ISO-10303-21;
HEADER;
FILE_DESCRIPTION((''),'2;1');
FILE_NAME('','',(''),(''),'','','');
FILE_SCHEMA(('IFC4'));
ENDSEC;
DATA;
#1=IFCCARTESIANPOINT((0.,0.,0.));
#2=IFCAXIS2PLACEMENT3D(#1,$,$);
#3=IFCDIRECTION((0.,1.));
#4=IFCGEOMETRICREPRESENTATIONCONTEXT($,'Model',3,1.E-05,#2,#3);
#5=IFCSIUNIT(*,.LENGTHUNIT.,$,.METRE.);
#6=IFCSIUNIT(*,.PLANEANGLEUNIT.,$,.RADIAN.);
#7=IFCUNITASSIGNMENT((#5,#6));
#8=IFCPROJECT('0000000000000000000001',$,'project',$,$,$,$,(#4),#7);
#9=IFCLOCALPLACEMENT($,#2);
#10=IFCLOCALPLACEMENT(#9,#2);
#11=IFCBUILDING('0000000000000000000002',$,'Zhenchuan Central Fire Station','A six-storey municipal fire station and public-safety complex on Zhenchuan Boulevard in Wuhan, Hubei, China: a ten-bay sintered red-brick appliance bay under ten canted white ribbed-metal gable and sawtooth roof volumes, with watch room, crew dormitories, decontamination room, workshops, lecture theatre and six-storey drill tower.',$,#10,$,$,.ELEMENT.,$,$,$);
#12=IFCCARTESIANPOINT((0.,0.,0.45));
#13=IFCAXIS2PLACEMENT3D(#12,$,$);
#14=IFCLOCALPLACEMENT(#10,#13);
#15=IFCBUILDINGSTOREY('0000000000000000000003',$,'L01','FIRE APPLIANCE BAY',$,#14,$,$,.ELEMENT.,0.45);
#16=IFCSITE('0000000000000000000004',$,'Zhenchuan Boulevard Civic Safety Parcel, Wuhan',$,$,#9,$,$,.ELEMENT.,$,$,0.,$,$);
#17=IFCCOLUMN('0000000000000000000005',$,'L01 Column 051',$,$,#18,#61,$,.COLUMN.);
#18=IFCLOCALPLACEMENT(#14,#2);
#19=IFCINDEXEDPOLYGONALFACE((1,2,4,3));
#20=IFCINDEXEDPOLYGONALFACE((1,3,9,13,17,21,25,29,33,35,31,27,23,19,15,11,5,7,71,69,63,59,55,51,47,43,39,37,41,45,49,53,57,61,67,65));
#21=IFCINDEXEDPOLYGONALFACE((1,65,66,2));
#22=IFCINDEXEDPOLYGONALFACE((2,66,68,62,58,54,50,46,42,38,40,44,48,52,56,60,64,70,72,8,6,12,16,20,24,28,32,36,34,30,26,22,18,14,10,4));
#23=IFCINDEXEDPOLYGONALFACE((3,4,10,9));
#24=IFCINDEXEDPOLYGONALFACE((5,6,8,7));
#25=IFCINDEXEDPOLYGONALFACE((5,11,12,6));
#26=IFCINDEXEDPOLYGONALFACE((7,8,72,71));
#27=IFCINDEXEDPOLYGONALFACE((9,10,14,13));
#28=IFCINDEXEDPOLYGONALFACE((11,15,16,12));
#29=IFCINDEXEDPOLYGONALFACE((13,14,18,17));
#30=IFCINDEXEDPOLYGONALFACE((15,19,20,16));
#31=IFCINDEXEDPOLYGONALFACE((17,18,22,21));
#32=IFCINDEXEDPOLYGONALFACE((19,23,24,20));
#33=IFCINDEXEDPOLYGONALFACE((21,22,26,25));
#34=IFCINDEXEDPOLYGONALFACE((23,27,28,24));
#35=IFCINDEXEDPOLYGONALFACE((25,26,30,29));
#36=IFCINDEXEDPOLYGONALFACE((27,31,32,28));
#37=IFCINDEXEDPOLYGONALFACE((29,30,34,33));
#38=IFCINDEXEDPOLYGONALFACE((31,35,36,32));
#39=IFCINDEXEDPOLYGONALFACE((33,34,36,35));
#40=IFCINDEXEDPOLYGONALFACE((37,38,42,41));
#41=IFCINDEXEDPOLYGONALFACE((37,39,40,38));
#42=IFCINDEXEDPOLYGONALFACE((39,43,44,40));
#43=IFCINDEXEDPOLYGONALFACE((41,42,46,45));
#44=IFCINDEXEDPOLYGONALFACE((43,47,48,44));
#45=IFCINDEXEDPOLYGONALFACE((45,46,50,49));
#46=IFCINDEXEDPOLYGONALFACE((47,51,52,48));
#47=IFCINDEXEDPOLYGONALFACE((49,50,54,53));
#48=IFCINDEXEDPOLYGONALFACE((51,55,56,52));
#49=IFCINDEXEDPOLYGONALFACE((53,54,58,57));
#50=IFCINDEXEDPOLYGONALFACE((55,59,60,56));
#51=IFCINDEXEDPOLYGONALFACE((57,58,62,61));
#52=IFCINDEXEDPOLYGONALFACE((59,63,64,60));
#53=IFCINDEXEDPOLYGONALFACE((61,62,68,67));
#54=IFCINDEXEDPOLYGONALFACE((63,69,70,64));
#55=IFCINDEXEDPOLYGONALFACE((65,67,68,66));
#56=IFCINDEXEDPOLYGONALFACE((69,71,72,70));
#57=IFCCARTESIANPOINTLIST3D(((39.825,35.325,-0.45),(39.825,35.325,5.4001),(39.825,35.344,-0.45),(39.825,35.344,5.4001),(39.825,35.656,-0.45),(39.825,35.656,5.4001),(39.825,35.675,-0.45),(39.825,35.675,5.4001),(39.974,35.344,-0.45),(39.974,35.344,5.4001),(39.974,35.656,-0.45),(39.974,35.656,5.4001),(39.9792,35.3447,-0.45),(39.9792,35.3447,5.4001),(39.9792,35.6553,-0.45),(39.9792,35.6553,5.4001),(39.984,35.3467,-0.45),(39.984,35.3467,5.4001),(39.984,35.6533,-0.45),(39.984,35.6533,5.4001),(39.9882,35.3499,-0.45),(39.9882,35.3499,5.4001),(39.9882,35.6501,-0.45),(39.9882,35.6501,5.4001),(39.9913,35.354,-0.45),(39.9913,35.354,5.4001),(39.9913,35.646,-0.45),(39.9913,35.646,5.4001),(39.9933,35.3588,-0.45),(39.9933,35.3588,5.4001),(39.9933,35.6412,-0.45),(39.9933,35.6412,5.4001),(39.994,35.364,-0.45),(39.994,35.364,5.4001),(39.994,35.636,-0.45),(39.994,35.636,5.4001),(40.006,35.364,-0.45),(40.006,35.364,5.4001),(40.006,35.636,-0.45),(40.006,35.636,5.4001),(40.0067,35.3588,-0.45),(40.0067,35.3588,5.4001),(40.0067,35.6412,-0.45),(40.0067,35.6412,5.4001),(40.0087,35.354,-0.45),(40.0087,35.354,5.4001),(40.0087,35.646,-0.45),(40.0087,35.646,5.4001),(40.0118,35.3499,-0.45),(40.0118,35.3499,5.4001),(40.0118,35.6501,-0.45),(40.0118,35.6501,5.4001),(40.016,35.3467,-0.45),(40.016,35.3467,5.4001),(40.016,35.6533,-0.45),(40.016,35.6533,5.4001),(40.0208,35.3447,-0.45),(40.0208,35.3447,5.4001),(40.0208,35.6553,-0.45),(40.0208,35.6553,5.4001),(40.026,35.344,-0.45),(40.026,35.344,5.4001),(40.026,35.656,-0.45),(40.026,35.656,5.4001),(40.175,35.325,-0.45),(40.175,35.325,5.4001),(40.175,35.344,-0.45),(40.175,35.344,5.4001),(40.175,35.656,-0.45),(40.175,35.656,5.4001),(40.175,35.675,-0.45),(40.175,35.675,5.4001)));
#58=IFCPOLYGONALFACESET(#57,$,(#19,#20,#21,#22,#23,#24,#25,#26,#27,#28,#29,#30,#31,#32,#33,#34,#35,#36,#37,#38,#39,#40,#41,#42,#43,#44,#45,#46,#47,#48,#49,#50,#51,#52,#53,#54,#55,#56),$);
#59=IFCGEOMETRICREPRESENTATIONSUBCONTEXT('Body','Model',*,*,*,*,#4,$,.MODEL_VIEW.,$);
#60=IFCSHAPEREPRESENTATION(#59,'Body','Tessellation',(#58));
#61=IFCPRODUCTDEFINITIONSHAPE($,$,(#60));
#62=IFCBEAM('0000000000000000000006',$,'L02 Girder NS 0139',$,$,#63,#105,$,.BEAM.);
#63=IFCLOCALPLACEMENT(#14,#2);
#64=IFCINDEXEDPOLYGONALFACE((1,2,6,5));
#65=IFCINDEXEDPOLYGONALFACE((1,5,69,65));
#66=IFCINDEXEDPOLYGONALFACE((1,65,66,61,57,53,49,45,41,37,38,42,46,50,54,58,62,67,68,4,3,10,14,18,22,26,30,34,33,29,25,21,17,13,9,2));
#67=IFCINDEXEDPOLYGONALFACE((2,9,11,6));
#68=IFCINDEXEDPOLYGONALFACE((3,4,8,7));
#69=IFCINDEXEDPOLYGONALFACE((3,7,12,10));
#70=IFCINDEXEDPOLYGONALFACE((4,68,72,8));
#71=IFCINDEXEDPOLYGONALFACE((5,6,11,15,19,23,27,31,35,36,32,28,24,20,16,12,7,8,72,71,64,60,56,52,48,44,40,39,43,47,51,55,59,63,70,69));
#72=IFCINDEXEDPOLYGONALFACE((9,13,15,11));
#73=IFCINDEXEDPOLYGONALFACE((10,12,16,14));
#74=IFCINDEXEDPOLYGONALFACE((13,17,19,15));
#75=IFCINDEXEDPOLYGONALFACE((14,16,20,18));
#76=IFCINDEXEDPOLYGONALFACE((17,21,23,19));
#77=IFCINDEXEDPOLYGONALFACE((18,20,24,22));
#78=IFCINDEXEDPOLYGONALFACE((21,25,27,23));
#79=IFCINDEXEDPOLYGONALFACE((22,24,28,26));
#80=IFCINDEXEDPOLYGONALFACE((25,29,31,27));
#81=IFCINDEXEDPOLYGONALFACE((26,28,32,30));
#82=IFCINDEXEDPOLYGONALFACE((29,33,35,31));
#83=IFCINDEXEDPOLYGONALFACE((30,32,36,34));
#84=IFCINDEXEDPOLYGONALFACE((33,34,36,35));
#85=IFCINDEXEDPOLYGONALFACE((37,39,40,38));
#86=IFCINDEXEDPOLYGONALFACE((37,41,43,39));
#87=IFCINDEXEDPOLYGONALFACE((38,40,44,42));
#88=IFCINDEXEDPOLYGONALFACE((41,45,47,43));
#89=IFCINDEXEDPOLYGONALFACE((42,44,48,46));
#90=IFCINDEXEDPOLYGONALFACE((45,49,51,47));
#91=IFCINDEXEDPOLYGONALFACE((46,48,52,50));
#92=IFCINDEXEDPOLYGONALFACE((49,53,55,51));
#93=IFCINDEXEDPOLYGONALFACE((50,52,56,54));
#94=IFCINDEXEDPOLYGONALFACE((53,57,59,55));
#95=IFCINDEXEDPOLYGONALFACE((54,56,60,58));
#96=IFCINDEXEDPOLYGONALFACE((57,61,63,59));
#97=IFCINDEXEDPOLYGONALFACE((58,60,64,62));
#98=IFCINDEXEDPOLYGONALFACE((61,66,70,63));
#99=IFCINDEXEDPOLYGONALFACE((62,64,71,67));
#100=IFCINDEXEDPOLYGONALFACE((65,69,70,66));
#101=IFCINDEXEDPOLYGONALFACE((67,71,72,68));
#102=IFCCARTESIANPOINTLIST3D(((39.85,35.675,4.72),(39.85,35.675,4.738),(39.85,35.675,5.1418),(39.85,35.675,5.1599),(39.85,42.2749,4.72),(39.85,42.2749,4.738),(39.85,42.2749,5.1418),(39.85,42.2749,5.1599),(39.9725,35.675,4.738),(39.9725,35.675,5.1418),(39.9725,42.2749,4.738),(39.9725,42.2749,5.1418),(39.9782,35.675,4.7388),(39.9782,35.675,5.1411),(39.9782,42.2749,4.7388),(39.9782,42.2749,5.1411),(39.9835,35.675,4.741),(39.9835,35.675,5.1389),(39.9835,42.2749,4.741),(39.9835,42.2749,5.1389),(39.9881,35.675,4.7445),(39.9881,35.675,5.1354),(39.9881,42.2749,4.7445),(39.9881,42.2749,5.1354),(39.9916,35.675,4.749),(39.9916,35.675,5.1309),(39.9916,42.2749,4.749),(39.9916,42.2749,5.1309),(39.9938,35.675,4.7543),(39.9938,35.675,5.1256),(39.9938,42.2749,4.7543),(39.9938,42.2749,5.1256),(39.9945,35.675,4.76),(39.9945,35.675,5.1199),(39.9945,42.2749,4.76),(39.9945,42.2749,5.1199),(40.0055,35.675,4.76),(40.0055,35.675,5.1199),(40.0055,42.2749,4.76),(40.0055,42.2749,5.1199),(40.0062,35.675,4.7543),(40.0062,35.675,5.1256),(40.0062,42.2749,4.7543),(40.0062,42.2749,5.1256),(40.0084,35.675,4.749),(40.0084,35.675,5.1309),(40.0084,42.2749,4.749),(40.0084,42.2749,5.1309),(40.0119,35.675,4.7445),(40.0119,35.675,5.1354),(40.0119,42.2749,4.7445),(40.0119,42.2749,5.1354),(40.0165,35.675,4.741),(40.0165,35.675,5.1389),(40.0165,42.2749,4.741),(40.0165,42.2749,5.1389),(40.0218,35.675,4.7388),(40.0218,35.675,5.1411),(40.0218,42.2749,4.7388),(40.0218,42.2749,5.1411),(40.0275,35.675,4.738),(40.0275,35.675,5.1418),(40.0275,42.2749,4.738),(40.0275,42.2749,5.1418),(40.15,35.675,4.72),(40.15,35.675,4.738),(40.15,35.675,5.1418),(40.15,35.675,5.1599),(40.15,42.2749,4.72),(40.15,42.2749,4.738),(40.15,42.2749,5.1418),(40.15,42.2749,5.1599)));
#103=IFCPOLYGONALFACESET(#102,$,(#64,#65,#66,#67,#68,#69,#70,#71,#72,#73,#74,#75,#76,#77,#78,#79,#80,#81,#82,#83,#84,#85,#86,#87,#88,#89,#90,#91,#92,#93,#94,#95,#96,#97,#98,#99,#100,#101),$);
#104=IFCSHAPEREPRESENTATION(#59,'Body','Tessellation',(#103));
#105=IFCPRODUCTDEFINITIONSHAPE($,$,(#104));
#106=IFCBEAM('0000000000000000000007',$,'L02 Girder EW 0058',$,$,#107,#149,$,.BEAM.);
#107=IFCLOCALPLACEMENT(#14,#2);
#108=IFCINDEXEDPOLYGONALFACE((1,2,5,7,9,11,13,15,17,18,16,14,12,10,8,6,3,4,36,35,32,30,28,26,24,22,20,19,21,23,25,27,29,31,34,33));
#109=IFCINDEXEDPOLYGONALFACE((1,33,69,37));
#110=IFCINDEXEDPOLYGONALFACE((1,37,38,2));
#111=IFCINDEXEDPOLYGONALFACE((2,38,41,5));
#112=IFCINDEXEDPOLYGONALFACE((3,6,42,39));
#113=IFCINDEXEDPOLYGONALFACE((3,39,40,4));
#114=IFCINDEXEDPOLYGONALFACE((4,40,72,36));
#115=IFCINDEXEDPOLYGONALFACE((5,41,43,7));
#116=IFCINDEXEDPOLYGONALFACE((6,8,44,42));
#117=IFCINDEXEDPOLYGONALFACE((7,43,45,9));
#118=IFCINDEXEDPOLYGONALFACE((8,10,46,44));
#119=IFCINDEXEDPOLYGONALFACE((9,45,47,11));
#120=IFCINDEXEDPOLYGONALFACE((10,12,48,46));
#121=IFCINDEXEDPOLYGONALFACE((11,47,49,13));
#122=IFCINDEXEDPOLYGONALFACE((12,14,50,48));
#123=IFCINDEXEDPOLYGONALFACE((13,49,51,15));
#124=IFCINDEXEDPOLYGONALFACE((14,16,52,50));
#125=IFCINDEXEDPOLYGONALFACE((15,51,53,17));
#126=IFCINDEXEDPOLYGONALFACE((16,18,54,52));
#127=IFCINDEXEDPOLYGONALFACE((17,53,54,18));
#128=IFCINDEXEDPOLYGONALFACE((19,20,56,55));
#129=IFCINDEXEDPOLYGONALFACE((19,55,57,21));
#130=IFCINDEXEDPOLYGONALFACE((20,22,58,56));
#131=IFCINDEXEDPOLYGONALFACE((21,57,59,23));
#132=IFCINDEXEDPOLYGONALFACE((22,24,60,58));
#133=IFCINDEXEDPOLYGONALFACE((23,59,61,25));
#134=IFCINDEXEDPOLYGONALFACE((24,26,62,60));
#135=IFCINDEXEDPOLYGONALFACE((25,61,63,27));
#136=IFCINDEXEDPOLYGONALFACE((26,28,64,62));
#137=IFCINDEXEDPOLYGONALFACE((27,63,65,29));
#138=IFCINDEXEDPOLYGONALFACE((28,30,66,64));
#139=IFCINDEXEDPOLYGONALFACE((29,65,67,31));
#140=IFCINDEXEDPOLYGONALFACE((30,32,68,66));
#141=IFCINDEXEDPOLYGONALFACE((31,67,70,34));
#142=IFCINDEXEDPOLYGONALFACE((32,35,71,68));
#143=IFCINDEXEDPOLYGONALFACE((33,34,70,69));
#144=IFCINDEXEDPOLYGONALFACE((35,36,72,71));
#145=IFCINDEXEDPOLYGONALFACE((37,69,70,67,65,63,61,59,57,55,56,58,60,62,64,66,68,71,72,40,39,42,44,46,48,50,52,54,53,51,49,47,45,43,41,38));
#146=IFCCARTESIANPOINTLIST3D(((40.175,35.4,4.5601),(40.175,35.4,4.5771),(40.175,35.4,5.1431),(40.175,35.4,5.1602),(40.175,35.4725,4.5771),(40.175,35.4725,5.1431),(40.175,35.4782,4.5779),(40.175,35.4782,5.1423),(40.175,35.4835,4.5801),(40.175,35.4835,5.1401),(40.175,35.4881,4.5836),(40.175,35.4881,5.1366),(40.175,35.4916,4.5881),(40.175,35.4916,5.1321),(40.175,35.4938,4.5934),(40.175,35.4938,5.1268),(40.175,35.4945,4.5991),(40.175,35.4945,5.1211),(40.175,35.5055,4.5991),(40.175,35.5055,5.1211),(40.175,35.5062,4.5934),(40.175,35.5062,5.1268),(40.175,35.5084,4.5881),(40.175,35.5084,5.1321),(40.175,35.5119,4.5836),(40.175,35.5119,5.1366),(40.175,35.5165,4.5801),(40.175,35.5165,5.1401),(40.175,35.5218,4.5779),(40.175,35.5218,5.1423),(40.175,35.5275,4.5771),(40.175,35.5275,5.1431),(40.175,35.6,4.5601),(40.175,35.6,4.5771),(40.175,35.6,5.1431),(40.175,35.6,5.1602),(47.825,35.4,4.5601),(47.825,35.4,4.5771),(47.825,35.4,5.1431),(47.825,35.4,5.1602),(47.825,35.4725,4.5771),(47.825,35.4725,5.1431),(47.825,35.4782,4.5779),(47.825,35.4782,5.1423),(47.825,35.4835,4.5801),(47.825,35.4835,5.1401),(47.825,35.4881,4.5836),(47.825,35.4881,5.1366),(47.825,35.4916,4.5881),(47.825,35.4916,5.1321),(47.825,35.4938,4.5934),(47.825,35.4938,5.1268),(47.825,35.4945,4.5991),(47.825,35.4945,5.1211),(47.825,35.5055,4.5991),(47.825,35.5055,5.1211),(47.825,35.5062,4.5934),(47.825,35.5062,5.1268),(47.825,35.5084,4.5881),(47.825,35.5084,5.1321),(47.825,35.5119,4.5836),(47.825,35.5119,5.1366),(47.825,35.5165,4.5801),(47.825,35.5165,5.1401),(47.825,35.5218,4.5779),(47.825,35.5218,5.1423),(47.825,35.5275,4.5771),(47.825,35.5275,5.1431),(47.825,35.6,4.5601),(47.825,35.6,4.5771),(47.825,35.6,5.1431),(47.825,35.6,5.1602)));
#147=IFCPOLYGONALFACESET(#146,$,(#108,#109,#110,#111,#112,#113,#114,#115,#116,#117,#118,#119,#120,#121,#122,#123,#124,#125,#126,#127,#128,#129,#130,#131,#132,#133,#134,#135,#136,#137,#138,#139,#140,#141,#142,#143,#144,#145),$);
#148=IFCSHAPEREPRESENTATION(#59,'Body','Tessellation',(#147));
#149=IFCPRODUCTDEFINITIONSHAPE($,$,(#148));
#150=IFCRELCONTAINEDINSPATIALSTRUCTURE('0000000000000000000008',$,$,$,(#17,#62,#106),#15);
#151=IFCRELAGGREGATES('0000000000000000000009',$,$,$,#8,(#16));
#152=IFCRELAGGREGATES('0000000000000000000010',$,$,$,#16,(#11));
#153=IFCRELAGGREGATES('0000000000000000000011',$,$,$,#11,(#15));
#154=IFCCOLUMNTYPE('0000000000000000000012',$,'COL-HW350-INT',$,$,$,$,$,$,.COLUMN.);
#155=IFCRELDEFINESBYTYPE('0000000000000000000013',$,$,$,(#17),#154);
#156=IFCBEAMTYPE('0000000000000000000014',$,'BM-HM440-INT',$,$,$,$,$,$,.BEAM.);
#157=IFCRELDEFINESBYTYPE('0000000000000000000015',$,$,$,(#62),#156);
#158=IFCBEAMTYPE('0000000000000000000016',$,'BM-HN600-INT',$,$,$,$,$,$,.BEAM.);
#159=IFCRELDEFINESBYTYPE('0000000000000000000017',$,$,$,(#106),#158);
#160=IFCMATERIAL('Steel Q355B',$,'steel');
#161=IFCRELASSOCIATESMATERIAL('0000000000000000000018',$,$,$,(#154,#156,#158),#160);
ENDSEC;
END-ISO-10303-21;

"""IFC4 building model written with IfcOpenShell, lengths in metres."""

from ifc_helpers import new_model, si_unit, direction, frame, origin, origin_2d, place, context, subcontext, project, spatial, i_section, extrude, material, material_profile, profile_set, type_object, element, save


model = new_model("IFC4")

# Units and contexts
model_context = context("Model", 3, precision=1e-05, world=origin(), true_north=direction((0.0, 1.0)))
body_context = subcontext(model_context, "Body", "Model", "MODEL_VIEW")
ifc_project = project(units=[si_unit("LENGTHUNIT", "METRE"), si_unit("PLANEANGLEUNIT", "RADIAN")], contexts=[model_context])

# Site, building, storey
site_placement = place(None, origin())
site = spatial("IfcSite", under=ifc_project, at=site_placement, Name="Zhenchuan Boulevard Civic Safety Parcel, Wuhan", CompositionType="ELEMENT", RefElevation=0.0)
building_placement = place(site_placement, origin())
building = spatial("IfcBuilding", under=site, at=building_placement, Name="Zhenchuan Central Fire Station", Description="A six-storey municipal fire station and public-safety complex on Zhenchuan Boulevard in Wuhan, Hubei, China: a ten-bay sintered red-brick appliance bay under ten canted white ribbed-metal gable and sawtooth roof volumes, with watch room, crew dormitories, decontamination room, workshops, lecture theatre and six-storey drill tower.", CompositionType="ELEMENT")
storey_placement = place(building_placement, frame((0.0, 0.0, 0.45)))
storey = spatial("IfcBuildingStorey", under=building, at=storey_placement, Name="L01", Description="FIRE APPLIANCE BAY", CompositionType="ELEMENT", Elevation=0.45)

# Column
ifc_material_1 = material(Name="Steel Q355B", Category="steel")
ifc_material_profile_1 = material_profile(ifc_material_1, i_section(OverallWidth=0.3501, OverallDepth=0.3501, WebThickness=0.012, FlangeThickness=0.019, FilletRadius=0.02, at=origin_2d()), Name="HW 350x350")
ifc_profile_set_1 = profile_set([ifc_material_profile_1], Name="Steel Q355B")
column_type = type_object("IfcColumnType", Name="COL-HW350-INT", PredefinedType="COLUMN", material=ifc_profile_set_1)
column_placement = place(storey_placement, frame((40.0, 35.5, -0.45), z_axis=(0.0, 0.0, 1.0), x_axis=(1.0, 0.0, 0.0)))
element("IfcColumn", 1, at=column_placement, inside=storey, type_object=column_type, Name="L01 Column 051", PredefinedType="COLUMN", context=body_context, shape_type="SweptSolid", body=[
    extrude(i_section(OverallWidth=0.3501, OverallDepth=0.3501, WebThickness=0.012, FlangeThickness=0.019, FilletRadius=0.02, at=origin_2d()), origin(), (0.0, 0.0, 1.0), 5.8501),
])

# Beams
ifc_material_profile_2 = material_profile(ifc_material_1, i_section(OverallWidth=0.3, OverallDepth=0.4399, WebThickness=0.011, FlangeThickness=0.0181, FilletRadius=0.022, at=origin_2d()), Name="HM 440x300")
ifc_profile_set_2 = profile_set([ifc_material_profile_2], Name="Steel Q355B")
beam_type_1 = type_object("IfcBeamType", Name="BM-HM440-INT", PredefinedType="BEAM", material=ifc_profile_set_2)
beam_1_placement = place(storey_placement, frame((40.0, 35.675, 4.9399), z_axis=(0.0, 1.0, 0.0), x_axis=(-1.0, 0.0, 0.0)))
element("IfcBeam", 2, at=beam_1_placement, inside=storey, type_object=beam_type_1, Name="L02 Girder NS 0139", PredefinedType="BEAM", context=body_context, shape_type="SweptSolid", body=[
    extrude(i_section(OverallWidth=0.3, OverallDepth=0.4399, WebThickness=0.011, FlangeThickness=0.0181, FilletRadius=0.022, at=origin_2d()), origin(), (0.0, 0.0, 1.0), 6.5999),
])
ifc_material_profile_3 = material_profile(ifc_material_1, i_section(OverallWidth=0.2, OverallDepth=0.6001, WebThickness=0.011, FlangeThickness=0.0171, FilletRadius=0.022, at=origin_2d()), Name="HN 600x200")
ifc_profile_set_3 = profile_set([ifc_material_profile_3], Name="Steel Q355B")
beam_type_2 = type_object("IfcBeamType", Name="BM-HN600-INT", PredefinedType="BEAM", material=ifc_profile_set_3)
beam_2_placement = place(storey_placement, frame((40.175, 35.5, 4.8601), z_axis=(1.0, 0.0, 0.0), x_axis=(0.0, 1.0, 0.0)))
element("IfcBeam", 3, at=beam_2_placement, inside=storey, type_object=beam_type_2, Name="L02 Girder EW 0058", PredefinedType="BEAM", context=body_context, shape_type="SweptSolid", body=[
    extrude(i_section(OverallWidth=0.2, OverallDepth=0.6001, WebThickness=0.011, FlangeThickness=0.0171, FilletRadius=0.022, at=origin_2d()), origin(), (0.0, 0.0, 1.0), 7.6499),
])

save(model, "model.ifc")
